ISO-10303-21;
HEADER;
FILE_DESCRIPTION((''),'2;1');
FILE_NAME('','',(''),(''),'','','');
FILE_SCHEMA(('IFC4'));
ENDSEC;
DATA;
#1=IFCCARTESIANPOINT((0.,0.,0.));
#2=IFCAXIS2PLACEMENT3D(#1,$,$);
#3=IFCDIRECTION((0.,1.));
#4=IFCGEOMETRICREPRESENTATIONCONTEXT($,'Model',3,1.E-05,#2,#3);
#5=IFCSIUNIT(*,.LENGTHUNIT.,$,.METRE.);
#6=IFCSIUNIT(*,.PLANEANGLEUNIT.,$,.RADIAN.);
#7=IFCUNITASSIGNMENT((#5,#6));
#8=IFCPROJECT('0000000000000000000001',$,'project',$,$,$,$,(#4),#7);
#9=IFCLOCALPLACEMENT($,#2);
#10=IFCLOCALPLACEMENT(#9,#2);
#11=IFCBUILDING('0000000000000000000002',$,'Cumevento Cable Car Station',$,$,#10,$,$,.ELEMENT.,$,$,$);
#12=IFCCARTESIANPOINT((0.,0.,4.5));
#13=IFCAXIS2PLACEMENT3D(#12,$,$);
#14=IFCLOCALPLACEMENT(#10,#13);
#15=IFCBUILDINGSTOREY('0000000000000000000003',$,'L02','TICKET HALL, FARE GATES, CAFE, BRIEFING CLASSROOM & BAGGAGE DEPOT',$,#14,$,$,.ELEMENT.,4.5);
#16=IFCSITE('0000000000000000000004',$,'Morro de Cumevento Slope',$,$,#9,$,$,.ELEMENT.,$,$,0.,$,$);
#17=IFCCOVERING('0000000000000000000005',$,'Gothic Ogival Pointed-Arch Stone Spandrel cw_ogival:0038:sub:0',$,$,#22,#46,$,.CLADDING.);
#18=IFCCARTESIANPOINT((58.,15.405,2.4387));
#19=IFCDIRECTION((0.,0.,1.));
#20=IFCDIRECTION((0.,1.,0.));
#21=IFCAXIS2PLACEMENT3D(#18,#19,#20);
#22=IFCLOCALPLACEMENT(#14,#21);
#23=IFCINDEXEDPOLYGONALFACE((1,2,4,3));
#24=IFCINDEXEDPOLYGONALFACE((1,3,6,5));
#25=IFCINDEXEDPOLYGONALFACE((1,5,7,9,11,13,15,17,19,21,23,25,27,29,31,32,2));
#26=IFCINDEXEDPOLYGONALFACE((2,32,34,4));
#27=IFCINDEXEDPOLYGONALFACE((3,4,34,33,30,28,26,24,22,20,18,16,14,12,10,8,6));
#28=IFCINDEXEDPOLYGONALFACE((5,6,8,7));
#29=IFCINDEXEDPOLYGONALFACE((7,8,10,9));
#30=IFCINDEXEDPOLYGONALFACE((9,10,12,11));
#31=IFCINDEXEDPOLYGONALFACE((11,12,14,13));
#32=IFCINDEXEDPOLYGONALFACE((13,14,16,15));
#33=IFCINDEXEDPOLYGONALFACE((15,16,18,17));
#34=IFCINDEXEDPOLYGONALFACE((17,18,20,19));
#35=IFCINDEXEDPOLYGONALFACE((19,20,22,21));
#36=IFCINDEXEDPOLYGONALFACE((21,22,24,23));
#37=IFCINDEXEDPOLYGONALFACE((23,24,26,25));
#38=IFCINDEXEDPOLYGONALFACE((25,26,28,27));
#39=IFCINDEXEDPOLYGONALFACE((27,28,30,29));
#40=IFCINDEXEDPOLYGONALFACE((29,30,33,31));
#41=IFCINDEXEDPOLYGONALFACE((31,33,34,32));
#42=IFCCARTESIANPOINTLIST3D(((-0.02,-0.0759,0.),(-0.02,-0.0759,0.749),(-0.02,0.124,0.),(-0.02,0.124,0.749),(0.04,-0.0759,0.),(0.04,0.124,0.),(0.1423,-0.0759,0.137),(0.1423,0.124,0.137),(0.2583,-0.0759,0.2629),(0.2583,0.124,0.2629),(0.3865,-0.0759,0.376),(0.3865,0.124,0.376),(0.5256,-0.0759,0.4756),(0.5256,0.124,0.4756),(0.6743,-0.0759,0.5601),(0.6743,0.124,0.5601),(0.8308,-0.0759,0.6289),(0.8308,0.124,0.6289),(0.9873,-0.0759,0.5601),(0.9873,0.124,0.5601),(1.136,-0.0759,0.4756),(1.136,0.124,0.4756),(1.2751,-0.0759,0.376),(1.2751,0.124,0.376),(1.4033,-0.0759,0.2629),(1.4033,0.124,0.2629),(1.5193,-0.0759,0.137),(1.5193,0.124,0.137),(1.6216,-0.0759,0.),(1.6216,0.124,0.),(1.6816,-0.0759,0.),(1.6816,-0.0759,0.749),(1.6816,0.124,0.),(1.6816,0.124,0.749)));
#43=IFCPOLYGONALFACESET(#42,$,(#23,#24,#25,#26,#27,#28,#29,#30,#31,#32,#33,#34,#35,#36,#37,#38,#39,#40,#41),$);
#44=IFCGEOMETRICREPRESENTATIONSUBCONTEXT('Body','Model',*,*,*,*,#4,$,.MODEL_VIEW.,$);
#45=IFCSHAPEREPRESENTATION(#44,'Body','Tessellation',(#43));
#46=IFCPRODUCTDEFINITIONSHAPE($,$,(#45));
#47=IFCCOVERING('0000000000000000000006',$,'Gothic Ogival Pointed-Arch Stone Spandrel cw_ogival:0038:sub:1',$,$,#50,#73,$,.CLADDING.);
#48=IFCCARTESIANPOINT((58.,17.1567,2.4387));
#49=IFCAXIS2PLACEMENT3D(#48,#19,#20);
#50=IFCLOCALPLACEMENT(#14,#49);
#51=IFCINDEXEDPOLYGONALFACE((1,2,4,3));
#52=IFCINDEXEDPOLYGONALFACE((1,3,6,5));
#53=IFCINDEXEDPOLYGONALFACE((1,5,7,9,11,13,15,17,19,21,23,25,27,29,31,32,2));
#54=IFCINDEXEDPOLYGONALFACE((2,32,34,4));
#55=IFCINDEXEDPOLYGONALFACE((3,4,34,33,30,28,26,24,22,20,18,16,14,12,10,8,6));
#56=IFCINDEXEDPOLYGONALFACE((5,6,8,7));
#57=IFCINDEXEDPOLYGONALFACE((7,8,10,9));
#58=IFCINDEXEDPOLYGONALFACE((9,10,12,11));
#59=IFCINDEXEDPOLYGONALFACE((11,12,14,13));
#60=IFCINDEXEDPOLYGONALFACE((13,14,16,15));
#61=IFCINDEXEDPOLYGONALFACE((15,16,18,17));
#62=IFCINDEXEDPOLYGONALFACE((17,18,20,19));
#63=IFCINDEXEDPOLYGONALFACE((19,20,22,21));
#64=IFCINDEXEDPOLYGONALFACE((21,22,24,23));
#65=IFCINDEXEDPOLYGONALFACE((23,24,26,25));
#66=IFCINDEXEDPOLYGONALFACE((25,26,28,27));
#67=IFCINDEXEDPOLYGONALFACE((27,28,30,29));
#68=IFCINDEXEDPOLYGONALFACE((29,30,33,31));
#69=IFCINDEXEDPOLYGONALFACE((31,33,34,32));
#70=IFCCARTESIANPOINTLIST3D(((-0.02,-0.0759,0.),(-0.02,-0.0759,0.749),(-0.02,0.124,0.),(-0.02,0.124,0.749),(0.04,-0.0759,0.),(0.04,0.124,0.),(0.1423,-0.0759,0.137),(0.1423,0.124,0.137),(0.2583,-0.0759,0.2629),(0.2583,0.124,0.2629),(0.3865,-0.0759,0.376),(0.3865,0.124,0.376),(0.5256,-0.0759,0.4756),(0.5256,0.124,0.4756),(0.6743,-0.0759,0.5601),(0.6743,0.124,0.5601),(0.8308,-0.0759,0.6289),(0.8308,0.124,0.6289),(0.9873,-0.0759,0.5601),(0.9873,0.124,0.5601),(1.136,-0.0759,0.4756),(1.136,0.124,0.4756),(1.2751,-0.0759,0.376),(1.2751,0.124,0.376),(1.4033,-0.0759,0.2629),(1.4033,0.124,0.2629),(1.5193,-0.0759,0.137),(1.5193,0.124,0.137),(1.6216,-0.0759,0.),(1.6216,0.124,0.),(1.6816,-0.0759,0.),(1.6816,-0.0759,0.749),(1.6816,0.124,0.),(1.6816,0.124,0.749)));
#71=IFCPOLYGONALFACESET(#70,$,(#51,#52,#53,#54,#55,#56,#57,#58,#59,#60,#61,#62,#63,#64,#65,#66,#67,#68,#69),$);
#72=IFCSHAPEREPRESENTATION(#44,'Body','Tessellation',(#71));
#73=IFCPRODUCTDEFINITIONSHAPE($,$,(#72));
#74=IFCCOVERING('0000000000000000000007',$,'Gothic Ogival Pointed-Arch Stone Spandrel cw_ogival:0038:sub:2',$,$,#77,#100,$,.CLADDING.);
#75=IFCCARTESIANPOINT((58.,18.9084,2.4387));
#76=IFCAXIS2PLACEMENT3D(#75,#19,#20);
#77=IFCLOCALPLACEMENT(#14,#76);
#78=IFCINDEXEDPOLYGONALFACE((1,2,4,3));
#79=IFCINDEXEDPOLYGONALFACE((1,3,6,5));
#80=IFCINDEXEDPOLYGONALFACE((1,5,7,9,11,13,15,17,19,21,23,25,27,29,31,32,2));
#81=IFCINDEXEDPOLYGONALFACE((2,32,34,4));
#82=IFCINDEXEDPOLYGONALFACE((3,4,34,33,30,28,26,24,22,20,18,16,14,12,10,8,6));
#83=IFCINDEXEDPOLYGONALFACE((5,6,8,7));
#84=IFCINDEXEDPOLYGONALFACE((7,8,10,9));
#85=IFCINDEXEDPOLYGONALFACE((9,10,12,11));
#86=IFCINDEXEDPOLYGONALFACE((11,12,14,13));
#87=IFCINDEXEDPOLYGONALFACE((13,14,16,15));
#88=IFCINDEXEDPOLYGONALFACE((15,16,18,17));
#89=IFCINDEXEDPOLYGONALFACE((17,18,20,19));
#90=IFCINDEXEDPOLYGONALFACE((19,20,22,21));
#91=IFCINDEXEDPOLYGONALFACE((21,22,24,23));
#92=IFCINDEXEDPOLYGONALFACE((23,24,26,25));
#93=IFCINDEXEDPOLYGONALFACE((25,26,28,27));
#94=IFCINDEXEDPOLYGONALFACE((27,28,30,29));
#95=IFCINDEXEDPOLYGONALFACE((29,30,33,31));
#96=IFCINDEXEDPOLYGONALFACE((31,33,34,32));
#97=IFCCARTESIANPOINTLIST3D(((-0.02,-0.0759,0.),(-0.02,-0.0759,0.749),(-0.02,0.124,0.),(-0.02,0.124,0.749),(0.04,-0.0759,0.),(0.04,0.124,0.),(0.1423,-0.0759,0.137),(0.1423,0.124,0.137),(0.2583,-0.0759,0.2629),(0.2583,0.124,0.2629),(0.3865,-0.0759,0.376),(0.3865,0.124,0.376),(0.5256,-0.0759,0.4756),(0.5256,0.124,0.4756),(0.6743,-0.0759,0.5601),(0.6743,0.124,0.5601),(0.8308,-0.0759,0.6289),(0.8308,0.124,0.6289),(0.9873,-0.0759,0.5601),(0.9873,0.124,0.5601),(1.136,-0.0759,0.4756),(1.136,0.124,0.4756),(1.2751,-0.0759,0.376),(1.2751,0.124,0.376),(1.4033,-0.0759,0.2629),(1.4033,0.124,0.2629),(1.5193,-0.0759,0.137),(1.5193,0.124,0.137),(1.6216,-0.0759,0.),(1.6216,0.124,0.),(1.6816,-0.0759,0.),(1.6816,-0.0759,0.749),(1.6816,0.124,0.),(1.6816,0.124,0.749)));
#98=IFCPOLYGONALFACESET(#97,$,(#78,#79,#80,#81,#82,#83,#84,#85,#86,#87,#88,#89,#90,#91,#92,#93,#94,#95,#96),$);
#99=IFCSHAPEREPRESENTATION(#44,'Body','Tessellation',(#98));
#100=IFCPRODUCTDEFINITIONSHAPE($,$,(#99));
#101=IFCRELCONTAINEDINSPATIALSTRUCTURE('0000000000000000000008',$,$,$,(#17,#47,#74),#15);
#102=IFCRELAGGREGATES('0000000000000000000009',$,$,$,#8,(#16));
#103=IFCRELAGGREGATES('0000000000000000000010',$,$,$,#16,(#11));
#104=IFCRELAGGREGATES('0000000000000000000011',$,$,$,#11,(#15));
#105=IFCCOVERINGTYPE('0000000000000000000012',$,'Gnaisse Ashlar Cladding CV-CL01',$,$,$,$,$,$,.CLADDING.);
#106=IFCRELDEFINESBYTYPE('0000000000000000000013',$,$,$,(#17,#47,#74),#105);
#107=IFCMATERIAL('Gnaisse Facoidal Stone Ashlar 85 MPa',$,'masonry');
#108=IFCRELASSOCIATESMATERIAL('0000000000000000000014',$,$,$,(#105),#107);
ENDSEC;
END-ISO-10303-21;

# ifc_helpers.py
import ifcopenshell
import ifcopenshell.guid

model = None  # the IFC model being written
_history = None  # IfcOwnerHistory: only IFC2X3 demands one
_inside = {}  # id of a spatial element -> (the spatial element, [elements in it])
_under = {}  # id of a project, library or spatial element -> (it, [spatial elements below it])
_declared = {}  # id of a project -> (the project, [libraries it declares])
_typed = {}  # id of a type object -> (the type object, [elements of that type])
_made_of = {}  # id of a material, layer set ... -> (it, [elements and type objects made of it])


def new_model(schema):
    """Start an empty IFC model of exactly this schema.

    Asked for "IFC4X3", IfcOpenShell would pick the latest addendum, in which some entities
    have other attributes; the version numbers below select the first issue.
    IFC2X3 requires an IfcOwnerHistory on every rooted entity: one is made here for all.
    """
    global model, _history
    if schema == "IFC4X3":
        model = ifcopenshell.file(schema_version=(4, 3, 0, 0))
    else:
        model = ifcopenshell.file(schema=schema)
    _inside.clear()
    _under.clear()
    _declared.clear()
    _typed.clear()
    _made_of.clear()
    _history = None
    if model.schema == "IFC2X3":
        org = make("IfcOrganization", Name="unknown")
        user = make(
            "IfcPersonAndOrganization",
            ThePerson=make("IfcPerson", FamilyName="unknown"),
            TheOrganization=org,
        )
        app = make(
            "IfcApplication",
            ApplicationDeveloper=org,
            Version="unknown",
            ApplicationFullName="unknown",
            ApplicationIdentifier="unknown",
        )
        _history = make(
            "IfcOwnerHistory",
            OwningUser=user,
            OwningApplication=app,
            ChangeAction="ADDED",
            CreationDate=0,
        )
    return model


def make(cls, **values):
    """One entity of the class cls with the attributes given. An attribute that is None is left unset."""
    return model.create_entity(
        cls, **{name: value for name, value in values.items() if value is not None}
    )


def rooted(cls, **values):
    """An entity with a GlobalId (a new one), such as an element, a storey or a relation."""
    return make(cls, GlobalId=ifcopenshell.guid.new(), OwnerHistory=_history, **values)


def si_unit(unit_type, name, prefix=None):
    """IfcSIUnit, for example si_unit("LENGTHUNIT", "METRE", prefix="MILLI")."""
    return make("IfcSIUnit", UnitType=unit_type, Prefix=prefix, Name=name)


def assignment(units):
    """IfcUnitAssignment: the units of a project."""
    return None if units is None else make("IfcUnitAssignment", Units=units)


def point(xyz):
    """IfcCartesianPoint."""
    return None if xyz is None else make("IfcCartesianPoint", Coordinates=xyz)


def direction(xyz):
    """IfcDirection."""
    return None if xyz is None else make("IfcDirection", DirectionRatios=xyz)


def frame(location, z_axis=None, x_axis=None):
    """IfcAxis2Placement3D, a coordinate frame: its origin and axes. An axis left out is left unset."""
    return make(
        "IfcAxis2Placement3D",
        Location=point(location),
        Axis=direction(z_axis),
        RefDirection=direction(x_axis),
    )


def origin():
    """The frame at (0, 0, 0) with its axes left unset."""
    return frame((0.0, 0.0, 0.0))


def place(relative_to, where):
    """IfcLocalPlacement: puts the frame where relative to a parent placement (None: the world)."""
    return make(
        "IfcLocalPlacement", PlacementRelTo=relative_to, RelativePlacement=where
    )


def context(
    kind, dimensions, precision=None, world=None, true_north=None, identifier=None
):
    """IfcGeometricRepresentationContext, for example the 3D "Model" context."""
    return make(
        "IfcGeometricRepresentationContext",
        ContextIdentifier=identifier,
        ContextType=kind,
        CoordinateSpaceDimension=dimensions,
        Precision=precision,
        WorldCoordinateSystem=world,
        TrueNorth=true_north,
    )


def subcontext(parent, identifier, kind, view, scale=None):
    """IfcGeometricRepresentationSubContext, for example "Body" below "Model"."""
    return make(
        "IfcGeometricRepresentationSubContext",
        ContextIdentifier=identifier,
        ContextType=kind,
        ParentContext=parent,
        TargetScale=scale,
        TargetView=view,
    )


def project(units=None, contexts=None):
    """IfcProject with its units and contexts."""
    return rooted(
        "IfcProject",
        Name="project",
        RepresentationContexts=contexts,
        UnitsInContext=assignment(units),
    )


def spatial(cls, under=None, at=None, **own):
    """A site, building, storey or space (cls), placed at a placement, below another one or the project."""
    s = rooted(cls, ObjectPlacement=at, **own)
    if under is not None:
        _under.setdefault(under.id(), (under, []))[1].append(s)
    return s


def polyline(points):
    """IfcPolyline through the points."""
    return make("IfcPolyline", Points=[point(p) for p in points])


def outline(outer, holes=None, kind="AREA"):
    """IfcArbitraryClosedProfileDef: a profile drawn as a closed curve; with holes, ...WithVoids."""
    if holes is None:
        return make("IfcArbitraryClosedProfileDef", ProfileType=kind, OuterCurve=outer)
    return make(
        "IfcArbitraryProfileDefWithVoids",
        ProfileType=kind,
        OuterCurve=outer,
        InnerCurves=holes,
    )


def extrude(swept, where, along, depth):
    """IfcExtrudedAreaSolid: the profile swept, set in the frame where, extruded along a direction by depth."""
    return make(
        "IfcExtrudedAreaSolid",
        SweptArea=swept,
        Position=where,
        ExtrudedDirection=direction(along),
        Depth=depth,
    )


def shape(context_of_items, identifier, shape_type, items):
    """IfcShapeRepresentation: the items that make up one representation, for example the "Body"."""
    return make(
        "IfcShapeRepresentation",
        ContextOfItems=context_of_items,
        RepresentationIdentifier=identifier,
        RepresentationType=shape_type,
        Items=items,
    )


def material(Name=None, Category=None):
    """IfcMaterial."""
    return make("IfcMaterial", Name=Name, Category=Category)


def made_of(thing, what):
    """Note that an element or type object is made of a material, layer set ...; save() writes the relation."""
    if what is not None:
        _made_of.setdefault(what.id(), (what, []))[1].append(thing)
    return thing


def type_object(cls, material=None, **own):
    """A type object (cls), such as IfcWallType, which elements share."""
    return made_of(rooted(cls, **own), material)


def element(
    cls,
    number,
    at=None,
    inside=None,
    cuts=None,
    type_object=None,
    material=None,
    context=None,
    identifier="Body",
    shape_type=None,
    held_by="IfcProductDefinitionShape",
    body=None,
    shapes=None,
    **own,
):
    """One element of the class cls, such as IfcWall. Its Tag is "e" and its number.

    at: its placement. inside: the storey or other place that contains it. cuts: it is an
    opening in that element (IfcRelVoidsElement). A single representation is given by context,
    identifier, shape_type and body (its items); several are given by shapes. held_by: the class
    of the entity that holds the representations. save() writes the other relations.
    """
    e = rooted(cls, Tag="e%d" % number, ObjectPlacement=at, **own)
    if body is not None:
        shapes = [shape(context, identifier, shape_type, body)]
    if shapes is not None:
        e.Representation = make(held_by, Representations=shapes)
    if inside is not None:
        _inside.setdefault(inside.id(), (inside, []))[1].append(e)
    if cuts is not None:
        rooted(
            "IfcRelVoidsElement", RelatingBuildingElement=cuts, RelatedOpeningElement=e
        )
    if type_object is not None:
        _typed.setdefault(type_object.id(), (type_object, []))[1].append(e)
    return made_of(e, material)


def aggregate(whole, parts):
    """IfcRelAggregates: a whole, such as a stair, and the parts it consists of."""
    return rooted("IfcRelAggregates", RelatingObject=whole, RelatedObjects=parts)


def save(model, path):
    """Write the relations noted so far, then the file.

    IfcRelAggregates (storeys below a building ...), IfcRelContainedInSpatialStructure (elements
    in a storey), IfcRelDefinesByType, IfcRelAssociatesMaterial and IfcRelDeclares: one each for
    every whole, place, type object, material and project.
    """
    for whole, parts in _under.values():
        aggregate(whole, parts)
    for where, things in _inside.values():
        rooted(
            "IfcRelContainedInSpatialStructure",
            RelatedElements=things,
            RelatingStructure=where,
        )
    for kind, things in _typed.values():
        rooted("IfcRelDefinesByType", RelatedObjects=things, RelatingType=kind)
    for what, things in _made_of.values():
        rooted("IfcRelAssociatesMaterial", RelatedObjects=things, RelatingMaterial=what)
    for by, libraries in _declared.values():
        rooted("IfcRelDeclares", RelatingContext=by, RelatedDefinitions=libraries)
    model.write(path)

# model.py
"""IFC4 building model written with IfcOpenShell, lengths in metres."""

from ifc_helpers import new_model, si_unit, direction, frame, origin, place, context, subcontext, project, spatial, polyline, outline, extrude, material, type_object, element, save


model = new_model("IFC4")

# Units and contexts
model_context = context("Model", 3, precision=1e-05, world=origin(), true_north=direction((0.0, 1.0)))
body_context = subcontext(model_context, "Body", "Model", "MODEL_VIEW")
ifc_project = project(units=[si_unit("LENGTHUNIT", "METRE"), si_unit("PLANEANGLEUNIT", "RADIAN")], contexts=[model_context])

# Site, building, storey
site_placement = place(None, origin())
site = spatial("IfcSite", under=ifc_project, at=site_placement, Name="Morro de Cumevento Slope", CompositionType="ELEMENT", RefElevation=0.0)
building_placement = place(site_placement, origin())
building = spatial("IfcBuilding", under=site, at=building_placement, Name="Cumevento Cable Car Station", CompositionType="ELEMENT")
storey_placement = place(building_placement, frame((0.0, 0.0, 4.5)))
storey = spatial("IfcBuildingStorey", under=building, at=storey_placement, Name="L02", Description="TICKET HALL, FARE GATES, CAFE, BRIEFING CLASSROOM & BAGGAGE DEPOT", CompositionType="ELEMENT", Elevation=4.5)

# Coverings
ifc_material_1 = material(Name="Gnaisse Facoidal Stone Ashlar 85 MPa", Category="masonry")
covering_type = type_object("IfcCoveringType", Name="Gnaisse Ashlar Cladding CV-CL01", PredefinedType="CLADDING", material=ifc_material_1)
for number, where, z_axis, x_axis, name in (
    (1, (58.0, 15.405, 2.4387), (0.0, 0.0, 1.0), (0.0, 1.0, 0.0), "Gothic Ogival Pointed-Arch Stone Spandrel cw_ogival:0038:sub:0"),
    (2, (58.0, 17.1567, 2.4387), (0.0, 0.0, 1.0), (0.0, 1.0, 0.0), "Gothic Ogival Pointed-Arch Stone Spandrel cw_ogival:0038:sub:1"),
    (3, (58.0, 18.9084, 2.4387), (0.0, 0.0, 1.0), (0.0, 1.0, 0.0), "Gothic Ogival Pointed-Arch Stone Spandrel cw_ogival:0038:sub:2"),
):
    element("IfcCovering", number, at=place(storey_placement, frame(where, z_axis=z_axis, x_axis=x_axis)), inside=storey, type_object=covering_type, Name=name, PredefinedType="CLADDING", context=body_context, shape_type="SweptSolid", body=[
        extrude(outline(polyline([(-0.02, 0.0), (-0.02, 0.749), (1.6816, 0.749), (1.6816, 0.0), (1.6216, 0.0), (1.5193, 0.137), (1.4033, 0.2629), (1.2751, 0.376), (1.136, 0.4756), (0.9873, 0.5601), (0.8308, 0.6289), (0.6743, 0.5601), (0.5256, 0.4756), (0.3865, 0.376), (0.2583, 0.2629), (0.1423, 0.137), (0.04, 0.0), (-0.02, 0.0)])), frame((0.0, 0.124, 0.0), z_axis=(0.0, -1.0, 0.0), x_axis=(1.0, 0.0, 0.0)), (0.0, 0.0, 1.0), 0.2),
    ])

save(model, "model.ifc")
